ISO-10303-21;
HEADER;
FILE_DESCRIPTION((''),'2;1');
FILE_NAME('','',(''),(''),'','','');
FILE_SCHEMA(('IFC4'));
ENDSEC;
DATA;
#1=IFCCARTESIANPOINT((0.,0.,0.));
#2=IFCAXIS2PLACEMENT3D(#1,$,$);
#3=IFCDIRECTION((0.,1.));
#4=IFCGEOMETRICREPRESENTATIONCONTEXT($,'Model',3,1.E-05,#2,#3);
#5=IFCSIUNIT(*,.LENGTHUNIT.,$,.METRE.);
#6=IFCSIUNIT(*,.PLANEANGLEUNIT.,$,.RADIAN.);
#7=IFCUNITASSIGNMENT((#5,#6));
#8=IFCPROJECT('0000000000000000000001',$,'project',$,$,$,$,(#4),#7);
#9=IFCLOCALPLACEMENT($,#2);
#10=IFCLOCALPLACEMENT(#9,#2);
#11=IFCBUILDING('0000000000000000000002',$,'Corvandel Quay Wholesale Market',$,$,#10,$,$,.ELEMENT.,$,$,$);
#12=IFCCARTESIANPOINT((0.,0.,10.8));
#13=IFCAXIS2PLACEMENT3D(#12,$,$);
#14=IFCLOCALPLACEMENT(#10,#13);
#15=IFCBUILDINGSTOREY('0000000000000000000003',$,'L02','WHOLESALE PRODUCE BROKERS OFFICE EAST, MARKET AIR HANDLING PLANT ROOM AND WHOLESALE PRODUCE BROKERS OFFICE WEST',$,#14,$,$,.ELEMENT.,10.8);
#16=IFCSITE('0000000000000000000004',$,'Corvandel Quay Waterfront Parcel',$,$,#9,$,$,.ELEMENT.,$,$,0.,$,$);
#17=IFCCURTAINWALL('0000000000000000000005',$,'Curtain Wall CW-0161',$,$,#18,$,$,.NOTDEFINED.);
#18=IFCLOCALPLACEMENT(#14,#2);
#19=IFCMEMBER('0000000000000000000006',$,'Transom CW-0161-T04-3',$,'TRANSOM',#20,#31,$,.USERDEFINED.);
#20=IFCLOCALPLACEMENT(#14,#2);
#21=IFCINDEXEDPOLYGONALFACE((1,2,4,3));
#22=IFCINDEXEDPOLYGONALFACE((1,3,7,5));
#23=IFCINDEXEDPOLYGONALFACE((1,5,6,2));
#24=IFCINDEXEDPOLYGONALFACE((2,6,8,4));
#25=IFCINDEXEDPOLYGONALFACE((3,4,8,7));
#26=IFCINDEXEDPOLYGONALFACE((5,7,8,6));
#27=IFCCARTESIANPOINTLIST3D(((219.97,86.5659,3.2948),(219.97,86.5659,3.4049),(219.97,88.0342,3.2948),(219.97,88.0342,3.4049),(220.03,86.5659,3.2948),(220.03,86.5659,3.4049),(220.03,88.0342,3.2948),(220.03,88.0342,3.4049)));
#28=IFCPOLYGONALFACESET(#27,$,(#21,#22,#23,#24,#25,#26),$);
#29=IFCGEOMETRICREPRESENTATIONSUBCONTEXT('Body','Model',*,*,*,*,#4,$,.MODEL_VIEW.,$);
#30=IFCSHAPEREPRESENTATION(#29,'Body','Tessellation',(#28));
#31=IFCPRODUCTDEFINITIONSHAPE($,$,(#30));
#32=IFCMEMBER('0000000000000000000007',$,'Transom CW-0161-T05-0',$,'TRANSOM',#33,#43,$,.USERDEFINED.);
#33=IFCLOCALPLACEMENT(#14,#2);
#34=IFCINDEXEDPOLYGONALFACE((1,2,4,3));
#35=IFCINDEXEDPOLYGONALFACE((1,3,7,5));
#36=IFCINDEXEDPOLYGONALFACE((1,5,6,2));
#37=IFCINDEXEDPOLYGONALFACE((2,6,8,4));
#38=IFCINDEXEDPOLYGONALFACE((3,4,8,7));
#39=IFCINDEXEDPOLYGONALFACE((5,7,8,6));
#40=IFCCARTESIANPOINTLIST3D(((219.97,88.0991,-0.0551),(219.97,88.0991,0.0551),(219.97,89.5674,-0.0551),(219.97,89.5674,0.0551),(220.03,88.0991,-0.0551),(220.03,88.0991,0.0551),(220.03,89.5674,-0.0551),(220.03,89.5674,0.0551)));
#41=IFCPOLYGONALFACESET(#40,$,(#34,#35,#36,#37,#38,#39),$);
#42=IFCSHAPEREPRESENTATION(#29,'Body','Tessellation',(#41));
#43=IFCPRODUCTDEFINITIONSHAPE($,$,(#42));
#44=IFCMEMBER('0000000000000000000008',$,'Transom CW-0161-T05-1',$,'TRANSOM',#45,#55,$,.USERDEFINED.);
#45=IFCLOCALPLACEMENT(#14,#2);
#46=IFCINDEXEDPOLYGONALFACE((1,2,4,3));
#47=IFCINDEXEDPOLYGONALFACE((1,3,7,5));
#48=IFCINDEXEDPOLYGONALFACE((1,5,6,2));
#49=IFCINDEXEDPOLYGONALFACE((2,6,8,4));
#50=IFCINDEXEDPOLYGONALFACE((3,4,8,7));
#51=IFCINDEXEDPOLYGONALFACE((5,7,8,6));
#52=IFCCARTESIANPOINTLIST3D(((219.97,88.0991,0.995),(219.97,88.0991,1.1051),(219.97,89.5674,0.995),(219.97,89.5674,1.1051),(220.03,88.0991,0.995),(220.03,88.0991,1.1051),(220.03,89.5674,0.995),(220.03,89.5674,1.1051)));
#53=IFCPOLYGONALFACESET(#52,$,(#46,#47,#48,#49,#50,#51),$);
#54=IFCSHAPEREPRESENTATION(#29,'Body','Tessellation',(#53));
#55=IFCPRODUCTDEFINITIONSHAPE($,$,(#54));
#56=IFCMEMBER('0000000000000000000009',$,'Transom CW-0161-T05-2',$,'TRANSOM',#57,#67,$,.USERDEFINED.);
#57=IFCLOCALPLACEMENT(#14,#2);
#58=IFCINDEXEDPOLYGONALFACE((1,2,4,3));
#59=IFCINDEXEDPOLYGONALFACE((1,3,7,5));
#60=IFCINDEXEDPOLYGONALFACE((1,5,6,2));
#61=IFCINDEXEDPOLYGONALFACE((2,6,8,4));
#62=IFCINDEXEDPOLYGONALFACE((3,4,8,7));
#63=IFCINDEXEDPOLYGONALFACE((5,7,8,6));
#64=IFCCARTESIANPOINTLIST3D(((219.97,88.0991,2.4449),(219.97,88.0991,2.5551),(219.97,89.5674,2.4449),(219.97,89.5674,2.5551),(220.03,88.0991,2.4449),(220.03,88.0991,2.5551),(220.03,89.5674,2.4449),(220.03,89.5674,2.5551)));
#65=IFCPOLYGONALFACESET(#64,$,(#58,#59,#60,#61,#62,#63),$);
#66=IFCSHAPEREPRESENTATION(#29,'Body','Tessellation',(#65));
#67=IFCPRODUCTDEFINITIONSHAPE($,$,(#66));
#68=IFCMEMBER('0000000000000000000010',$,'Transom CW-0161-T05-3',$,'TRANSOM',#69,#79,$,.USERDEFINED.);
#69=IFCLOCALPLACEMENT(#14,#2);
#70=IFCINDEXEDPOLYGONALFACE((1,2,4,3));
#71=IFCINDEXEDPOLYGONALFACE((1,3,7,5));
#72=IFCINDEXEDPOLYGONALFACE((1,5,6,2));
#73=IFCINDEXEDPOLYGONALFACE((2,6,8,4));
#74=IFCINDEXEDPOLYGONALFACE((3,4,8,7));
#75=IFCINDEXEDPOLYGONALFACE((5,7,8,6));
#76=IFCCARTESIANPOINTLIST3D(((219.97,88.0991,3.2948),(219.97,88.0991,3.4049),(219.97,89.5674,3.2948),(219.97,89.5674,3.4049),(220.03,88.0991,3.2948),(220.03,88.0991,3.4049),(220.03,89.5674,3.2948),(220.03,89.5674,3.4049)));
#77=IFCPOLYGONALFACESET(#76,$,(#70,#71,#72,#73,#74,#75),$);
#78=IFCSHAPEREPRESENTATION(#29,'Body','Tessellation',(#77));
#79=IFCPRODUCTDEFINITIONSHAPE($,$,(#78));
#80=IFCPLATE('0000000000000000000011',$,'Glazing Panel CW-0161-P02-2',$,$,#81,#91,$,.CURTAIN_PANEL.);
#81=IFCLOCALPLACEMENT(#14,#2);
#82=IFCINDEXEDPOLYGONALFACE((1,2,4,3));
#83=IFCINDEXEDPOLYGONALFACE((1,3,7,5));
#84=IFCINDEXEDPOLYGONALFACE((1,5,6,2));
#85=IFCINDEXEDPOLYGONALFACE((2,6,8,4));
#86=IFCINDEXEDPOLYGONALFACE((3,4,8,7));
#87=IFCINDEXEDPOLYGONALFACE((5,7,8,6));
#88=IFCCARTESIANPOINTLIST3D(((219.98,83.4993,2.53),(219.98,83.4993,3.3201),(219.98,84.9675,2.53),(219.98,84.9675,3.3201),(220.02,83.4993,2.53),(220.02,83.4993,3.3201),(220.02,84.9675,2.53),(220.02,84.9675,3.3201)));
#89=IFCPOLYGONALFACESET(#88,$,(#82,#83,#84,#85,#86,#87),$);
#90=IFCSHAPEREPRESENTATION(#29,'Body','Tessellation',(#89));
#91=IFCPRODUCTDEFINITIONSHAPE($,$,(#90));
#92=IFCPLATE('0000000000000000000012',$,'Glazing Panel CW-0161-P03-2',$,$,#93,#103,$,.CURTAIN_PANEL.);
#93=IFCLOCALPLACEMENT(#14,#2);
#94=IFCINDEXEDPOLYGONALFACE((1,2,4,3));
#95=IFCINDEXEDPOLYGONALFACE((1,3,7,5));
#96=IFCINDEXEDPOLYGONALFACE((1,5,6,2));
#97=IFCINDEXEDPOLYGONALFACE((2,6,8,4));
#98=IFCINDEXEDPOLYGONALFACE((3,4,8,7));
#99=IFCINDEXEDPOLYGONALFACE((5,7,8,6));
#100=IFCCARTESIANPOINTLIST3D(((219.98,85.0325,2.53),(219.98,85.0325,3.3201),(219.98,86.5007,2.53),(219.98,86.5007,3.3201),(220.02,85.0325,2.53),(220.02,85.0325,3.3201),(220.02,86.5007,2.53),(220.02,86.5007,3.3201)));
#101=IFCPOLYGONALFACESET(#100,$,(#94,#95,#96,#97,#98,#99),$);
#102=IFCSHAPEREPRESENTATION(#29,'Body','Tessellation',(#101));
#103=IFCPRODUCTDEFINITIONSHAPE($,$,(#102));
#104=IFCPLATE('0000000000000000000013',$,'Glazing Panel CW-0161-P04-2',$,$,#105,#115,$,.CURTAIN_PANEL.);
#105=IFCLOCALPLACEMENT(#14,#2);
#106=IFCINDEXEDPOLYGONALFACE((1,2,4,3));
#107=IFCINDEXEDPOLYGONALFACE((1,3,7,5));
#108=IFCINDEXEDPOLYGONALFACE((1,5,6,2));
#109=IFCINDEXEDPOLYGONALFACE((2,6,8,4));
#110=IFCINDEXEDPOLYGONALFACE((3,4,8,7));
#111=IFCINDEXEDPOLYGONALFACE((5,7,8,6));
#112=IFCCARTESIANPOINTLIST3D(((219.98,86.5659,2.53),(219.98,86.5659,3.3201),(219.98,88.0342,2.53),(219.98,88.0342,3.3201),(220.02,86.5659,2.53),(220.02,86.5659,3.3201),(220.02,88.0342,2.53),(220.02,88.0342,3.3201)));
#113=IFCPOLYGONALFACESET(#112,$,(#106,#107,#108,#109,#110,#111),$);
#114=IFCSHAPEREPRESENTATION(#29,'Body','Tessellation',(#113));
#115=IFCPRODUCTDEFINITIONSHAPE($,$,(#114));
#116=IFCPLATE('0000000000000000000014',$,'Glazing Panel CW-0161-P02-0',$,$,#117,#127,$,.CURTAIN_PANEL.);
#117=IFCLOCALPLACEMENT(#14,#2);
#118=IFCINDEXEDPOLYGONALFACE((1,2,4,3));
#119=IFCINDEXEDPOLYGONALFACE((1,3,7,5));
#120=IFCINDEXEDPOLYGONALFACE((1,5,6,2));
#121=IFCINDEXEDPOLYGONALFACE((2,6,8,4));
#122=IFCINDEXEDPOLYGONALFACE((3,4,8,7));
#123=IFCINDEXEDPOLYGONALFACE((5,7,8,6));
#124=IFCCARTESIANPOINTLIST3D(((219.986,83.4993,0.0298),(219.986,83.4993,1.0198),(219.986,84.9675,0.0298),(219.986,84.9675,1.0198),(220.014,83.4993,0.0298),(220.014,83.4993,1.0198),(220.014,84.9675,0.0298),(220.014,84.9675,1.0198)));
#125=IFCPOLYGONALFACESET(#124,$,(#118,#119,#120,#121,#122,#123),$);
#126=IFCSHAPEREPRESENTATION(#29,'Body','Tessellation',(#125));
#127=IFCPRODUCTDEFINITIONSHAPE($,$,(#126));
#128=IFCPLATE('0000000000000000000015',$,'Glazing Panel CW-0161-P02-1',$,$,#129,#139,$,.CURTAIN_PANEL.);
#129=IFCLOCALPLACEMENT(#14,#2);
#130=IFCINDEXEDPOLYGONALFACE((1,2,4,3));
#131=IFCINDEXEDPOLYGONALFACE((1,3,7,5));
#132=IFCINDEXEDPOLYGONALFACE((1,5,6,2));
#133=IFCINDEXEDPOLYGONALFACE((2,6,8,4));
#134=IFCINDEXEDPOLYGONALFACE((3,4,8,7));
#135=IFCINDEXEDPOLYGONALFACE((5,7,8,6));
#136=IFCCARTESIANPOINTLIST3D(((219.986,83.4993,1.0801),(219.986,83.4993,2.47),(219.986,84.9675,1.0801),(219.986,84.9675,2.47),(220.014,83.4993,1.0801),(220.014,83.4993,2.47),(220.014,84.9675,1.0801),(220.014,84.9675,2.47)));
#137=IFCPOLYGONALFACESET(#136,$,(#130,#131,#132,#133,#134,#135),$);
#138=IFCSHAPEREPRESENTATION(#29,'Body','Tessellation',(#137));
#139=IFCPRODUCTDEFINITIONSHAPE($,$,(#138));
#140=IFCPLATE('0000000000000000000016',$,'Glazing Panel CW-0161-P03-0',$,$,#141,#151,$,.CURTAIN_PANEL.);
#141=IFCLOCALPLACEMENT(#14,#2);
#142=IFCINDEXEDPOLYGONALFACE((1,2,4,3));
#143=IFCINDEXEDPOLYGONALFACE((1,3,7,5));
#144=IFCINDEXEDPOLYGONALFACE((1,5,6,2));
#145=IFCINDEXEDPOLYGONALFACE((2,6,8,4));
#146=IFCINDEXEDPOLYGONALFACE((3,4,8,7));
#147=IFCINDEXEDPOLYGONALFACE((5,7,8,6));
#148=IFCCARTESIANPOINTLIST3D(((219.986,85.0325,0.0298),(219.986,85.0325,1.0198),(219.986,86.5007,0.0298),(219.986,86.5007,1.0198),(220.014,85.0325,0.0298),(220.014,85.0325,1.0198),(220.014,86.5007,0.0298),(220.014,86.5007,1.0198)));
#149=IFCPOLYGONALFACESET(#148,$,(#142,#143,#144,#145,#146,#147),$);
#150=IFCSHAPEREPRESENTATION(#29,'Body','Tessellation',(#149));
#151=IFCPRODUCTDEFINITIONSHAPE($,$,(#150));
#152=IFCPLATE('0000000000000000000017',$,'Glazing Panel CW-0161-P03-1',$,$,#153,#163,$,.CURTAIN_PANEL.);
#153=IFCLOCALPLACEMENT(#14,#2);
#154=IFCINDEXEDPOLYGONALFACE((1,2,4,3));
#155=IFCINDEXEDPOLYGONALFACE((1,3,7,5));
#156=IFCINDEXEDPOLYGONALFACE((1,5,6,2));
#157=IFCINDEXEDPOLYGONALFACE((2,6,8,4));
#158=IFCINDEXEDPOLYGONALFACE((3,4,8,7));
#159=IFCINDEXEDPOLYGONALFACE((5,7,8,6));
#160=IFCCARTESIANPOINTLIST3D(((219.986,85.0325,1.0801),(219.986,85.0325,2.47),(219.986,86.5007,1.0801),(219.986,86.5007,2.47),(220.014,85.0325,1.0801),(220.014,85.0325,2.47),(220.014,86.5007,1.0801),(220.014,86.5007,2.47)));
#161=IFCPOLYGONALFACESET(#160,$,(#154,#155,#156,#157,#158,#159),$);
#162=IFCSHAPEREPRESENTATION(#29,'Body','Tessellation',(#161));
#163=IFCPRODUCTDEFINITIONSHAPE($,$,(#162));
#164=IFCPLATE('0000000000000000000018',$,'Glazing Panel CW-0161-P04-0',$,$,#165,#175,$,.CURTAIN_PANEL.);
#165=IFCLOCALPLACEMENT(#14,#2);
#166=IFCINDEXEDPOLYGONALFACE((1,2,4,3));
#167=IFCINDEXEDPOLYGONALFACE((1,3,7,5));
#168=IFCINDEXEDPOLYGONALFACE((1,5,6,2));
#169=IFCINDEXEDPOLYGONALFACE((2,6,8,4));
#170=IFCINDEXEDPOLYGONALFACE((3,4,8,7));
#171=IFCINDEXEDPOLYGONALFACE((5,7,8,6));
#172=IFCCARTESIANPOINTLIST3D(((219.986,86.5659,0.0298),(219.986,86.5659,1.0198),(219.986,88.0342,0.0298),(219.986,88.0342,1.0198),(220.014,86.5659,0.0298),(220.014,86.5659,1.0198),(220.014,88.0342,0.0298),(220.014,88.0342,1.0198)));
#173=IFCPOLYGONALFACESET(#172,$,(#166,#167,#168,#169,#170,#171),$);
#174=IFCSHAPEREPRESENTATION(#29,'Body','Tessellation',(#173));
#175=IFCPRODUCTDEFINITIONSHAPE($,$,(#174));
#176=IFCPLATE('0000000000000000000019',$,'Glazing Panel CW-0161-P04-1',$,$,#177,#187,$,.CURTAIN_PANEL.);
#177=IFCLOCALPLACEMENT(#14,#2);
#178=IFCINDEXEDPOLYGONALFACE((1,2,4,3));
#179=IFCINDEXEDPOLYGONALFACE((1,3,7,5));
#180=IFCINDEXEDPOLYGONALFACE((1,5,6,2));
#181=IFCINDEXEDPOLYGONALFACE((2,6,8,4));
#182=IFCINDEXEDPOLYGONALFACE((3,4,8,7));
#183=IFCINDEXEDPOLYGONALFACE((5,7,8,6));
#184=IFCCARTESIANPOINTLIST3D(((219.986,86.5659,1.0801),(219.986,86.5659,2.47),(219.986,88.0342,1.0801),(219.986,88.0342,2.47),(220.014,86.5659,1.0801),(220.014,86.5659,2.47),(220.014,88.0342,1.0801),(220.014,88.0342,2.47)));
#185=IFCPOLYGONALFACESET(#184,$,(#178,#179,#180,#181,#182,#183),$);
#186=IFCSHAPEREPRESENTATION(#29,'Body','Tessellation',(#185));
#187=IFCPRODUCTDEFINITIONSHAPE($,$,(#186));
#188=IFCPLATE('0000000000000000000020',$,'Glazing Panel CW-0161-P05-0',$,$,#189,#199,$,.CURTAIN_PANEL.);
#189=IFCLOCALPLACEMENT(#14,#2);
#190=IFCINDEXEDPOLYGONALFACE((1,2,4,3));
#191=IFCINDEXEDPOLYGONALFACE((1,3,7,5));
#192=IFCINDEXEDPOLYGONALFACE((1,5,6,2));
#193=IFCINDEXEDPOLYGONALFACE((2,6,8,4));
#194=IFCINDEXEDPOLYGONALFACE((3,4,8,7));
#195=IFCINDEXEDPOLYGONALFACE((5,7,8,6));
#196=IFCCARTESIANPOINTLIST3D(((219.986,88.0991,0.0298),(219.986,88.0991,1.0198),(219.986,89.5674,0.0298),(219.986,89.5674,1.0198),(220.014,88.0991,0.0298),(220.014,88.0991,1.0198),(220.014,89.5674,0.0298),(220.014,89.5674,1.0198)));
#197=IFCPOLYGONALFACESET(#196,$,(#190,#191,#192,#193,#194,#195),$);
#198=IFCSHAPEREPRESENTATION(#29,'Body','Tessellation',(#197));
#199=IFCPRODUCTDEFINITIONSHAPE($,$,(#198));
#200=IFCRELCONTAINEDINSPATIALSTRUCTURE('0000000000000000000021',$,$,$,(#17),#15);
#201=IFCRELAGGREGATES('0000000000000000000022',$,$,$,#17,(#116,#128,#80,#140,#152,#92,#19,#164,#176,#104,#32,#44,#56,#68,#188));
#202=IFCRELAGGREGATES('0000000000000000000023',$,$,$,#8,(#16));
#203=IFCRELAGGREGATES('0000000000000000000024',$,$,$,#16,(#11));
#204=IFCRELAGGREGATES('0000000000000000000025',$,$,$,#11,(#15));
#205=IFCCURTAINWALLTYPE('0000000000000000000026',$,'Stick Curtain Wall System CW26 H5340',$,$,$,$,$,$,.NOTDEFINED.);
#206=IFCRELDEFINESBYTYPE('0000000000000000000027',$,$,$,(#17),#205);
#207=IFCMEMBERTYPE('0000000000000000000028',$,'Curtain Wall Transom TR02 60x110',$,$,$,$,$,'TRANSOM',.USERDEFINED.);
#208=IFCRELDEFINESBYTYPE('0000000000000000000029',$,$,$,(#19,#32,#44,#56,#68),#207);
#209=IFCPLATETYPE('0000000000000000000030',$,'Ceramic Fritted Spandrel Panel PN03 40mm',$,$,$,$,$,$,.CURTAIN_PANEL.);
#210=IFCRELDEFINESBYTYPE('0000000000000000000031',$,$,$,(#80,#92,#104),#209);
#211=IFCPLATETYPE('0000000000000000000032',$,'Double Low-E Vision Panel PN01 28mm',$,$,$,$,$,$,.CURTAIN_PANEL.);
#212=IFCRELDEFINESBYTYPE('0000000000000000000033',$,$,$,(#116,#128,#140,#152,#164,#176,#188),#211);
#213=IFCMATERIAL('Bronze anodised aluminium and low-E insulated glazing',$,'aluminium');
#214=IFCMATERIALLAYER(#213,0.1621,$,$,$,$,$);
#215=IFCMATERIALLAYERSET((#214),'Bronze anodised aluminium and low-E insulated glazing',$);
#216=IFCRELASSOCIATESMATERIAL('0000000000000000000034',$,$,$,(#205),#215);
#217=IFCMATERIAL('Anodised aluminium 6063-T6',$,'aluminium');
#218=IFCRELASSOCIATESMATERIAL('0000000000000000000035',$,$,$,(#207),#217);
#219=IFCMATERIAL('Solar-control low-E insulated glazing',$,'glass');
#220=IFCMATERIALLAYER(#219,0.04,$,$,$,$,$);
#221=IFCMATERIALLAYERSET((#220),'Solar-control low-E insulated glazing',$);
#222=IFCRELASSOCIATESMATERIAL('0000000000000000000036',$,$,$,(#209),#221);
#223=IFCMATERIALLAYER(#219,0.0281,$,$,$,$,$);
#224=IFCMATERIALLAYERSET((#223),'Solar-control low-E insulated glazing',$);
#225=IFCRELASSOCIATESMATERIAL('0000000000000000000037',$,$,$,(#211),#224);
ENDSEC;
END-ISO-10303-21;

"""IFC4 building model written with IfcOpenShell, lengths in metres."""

from ifc_helpers import new_model, si_unit, direction, frame, origin, origin_2d, place, context, subcontext, project, spatial, rectangle, extrude, material, layer, layer_set, material_profile, profile_set, type_object, element, aggregate, save


model = new_model("IFC4")

# Units and contexts
model_context = context("Model", 3, precision=1e-05, world=origin(), true_north=direction((0.0, 1.0)))
body_context = subcontext(model_context, "Body", "Model", "MODEL_VIEW")
ifc_project = project(units=[si_unit("LENGTHUNIT", "METRE"), si_unit("PLANEANGLEUNIT", "RADIAN")], contexts=[model_context])

# Site, building, storey
site_placement = place(None, origin())
site = spatial("IfcSite", under=ifc_project, at=site_placement, Name="Corvandel Quay Waterfront Parcel", CompositionType="ELEMENT", RefElevation=0.0)
building_placement = place(site_placement, origin())
building = spatial("IfcBuilding", under=site, at=building_placement, Name="Corvandel Quay Wholesale Market", CompositionType="ELEMENT")
storey_placement = place(building_placement, frame((0.0, 0.0, 10.8)))
storey = spatial("IfcBuildingStorey", under=building, at=storey_placement, Name="L02", Description="WHOLESALE PRODUCE BROKERS OFFICE EAST, MARKET AIR HANDLING PLANT ROOM AND WHOLESALE PRODUCE BROKERS OFFICE WEST", CompositionType="ELEMENT", Elevation=10.8)

# Curtain wall, members, plates
ifc_material_1 = material(Name="Bronze anodised aluminium and low-E insulated glazing", Category="aluminium")
ifc_layer_1 = layer(ifc_material_1, 0.1621)
ifc_layer_set_1 = layer_set([ifc_layer_1], Name="Bronze anodised aluminium and low-E insulated glazing")
curtain_wall_type = type_object("IfcCurtainWallType", Name="Stick Curtain Wall System CW26 H5340", PredefinedType="NOTDEFINED", material=ifc_layer_set_1)
curtain_wall_placement = place(storey_placement, origin())
curtain_wall = element("IfcCurtainWall", 1, at=curtain_wall_placement, inside=storey, type_object=curtain_wall_type, Name="Curtain Wall CW-0161", PredefinedType="NOTDEFINED")
ifc_material_2 = material(Name="Anodised aluminium 6063-T6", Category="aluminium")
ifc_material_profile_1 = material_profile(ifc_material_2, rectangle(XDim=0.0601, YDim=0.1101, at=origin_2d()), Name="ALU-TRN-60x110")
ifc_profile_set_1 = profile_set([ifc_material_profile_1], Name="Anodised aluminium 6063-T6")
member_type_1 = type_object("IfcMemberType", Name="Curtain Wall Transom TR02 60x110", ElementType="TRANSOM", PredefinedType="USERDEFINED", material=ifc_profile_set_1)
member_1_placement = place(storey_placement, frame((220.0, 86.5659, 3.3499), z_axis=(0.0, 1.0, 0.0), x_axis=(-1.0, 0.0, 0.0)))
member_1 = element("IfcMember", 2, at=member_1_placement, type_object=member_type_1, Name="Transom CW-0161-T04-3", ObjectType="TRANSOM", PredefinedType="USERDEFINED", context=body_context, shape_type="SweptSolid", body=[
    extrude(rectangle(XDim=0.0601, YDim=0.1101, at=origin_2d()), origin(), (0.0, 0.0, 1.0), 1.4683),
])
member_2_placement = place(storey_placement, frame((220.0, 88.0991, 0.0), z_axis=(0.0, 1.0, 0.0), x_axis=(-1.0, 0.0, 0.0)))
member_2 = element("IfcMember", 3, at=member_2_placement, type_object=member_type_1, Name="Transom CW-0161-T05-0", ObjectType="TRANSOM", PredefinedType="USERDEFINED", context=body_context, shape_type="SweptSolid", body=[
    extrude(rectangle(XDim=0.0601, YDim=0.1101, at=origin_2d()), origin(), (0.0, 0.0, 1.0), 1.4683),
])
member_3_placement = place(storey_placement, frame((220.0, 88.0991, 1.05), z_axis=(0.0, 1.0, 0.0), x_axis=(-1.0, 0.0, 0.0)))
member_3 = element("IfcMember", 4, at=member_3_placement, type_object=member_type_1, Name="Transom CW-0161-T05-1", ObjectType="TRANSOM", PredefinedType="USERDEFINED", context=body_context, shape_type="SweptSolid", body=[
    extrude(rectangle(XDim=0.0601, YDim=0.1101, at=origin_2d()), origin(), (0.0, 0.0, 1.0), 1.4683),
])
member_4_placement = place(storey_placement, frame((220.0, 88.0991, 2.5), z_axis=(0.0, 1.0, 0.0), x_axis=(-1.0, 0.0, 0.0)))
member_4 = element("IfcMember", 5, at=member_4_placement, type_object=member_type_1, Name="Transom CW-0161-T05-2", ObjectType="TRANSOM", PredefinedType="USERDEFINED", context=body_context, shape_type="SweptSolid", body=[
    extrude(rectangle(XDim=0.0601, YDim=0.1101, at=origin_2d()), origin(), (0.0, 0.0, 1.0), 1.4683),
])
member_5_placement = place(storey_placement, frame((220.0, 88.0991, 3.3499), z_axis=(0.0, 1.0, 0.0), x_axis=(-1.0, 0.0, 0.0)))
member_5 = element("IfcMember", 6, at=member_5_placement, type_object=member_type_1, Name="Transom CW-0161-T05-3", ObjectType="TRANSOM", PredefinedType="USERDEFINED", context=body_context, shape_type="SweptSolid", body=[
    extrude(rectangle(XDim=0.0601, YDim=0.1101, at=origin_2d()), origin(), (0.0, 0.0, 1.0), 1.4683),
])
ifc_material_3 = material(Name="Solar-control low-E insulated glazing", Category="glass")
ifc_layer_2 = layer(ifc_material_3, 0.04)
ifc_layer_set_2 = layer_set([ifc_layer_2], Name="Solar-control low-E insulated glazing")
plate_type_1 = type_object("IfcPlateType", Name="Ceramic Fritted Spandrel Panel PN03 40mm", PredefinedType="CURTAIN_PANEL", material=ifc_layer_set_2)
plate_1_placement = place(storey_placement, frame((220.0, 84.2334, 2.53), z_axis=(0.0, 0.0, 1.0), x_axis=(0.0, 1.0, 0.0)))
plate_1 = element("IfcPlate", 7, at=plate_1_placement, type_object=plate_type_1, Name="Glazing Panel CW-0161-P02-2", PredefinedType="CURTAIN_PANEL", context=body_context, shape_type="SweptSolid", body=[
    extrude(rectangle(XDim=1.4683, YDim=0.04, at=origin_2d()), origin(), (0.0, 0.0, 1.0), 0.79),
])
plate_2_placement = place(storey_placement, frame((220.0, 85.7666, 2.53), z_axis=(0.0, 0.0, 1.0), x_axis=(0.0, 1.0, 0.0)))
plate_2 = element("IfcPlate", 8, at=plate_2_placement, type_object=plate_type_1, Name="Glazing Panel CW-0161-P03-2", PredefinedType="CURTAIN_PANEL", context=body_context, shape_type="SweptSolid", body=[
    extrude(rectangle(XDim=1.4683, YDim=0.04, at=origin_2d()), origin(), (0.0, 0.0, 1.0), 0.79),
])
plate_3_placement = place(storey_placement, frame((220.0, 87.3, 2.53), z_axis=(0.0, 0.0, 1.0), x_axis=(0.0, 1.0, 0.0)))
plate_3 = element("IfcPlate", 9, at=plate_3_placement, type_object=plate_type_1, Name="Glazing Panel CW-0161-P04-2", PredefinedType="CURTAIN_PANEL", context=body_context, shape_type="SweptSolid", body=[
    extrude(rectangle(XDim=1.4683, YDim=0.04, at=origin_2d()), origin(), (0.0, 0.0, 1.0), 0.79),
])
ifc_layer_3 = layer(ifc_material_3, 0.0281)
ifc_layer_set_3 = layer_set([ifc_layer_3], Name="Solar-control low-E insulated glazing")
plate_type_2 = type_object("IfcPlateType", Name="Double Low-E Vision Panel PN01 28mm", PredefinedType="CURTAIN_PANEL", material=ifc_layer_set_3)
plate_4_placement = place(storey_placement, frame((220.0, 84.2334, 0.0298), z_axis=(0.0, 0.0, 1.0), x_axis=(0.0, 1.0, 0.0)))
plate_4 = element("IfcPlate", 10, at=plate_4_placement, type_object=plate_type_2, Name="Glazing Panel CW-0161-P02-0", PredefinedType="CURTAIN_PANEL", context=body_context, shape_type="SweptSolid", body=[
    extrude(rectangle(XDim=1.4683, YDim=0.0281, at=origin_2d()), origin(), (0.0, 0.0, 1.0), 0.99),
])
plate_5_placement = place(storey_placement, frame((220.0, 84.2334, 1.0801), z_axis=(0.0, 0.0, 1.0), x_axis=(0.0, 1.0, 0.0)))
plate_5 = element("IfcPlate", 11, at=plate_5_placement, type_object=plate_type_2, Name="Glazing Panel CW-0161-P02-1", PredefinedType="CURTAIN_PANEL", context=body_context, shape_type="SweptSolid", body=[
    extrude(rectangle(XDim=1.4683, YDim=0.0281, at=origin_2d()), origin(), (0.0, 0.0, 1.0), 1.3899),
])
plate_6_placement = place(storey_placement, frame((220.0, 85.7666, 0.0298), z_axis=(0.0, 0.0, 1.0), x_axis=(0.0, 1.0, 0.0)))
plate_6 = element("IfcPlate", 12, at=plate_6_placement, type_object=plate_type_2, Name="Glazing Panel CW-0161-P03-0", PredefinedType="CURTAIN_PANEL", context=body_context, shape_type="SweptSolid", body=[
    extrude(rectangle(XDim=1.4683, YDim=0.0281, at=origin_2d()), origin(), (0.0, 0.0, 1.0), 0.99),
])
plate_7_placement = place(storey_placement, frame((220.0, 85.7666, 1.0801), z_axis=(0.0, 0.0, 1.0), x_axis=(0.0, 1.0, 0.0)))
plate_7 = element("IfcPlate", 13, at=plate_7_placement, type_object=plate_type_2, Name="Glazing Panel CW-0161-P03-1", PredefinedType="CURTAIN_PANEL", context=body_context, shape_type="SweptSolid", body=[
    extrude(rectangle(XDim=1.4683, YDim=0.0281, at=origin_2d()), origin(), (0.0, 0.0, 1.0), 1.3899),
])
plate_8_placement = place(storey_placement, frame((220.0, 87.3, 0.0298), z_axis=(0.0, 0.0, 1.0), x_axis=(0.0, 1.0, 0.0)))
plate_8 = element("IfcPlate", 14, at=plate_8_placement, type_object=plate_type_2, Name="Glazing Panel CW-0161-P04-0", PredefinedType="CURTAIN_PANEL", context=body_context, shape_type="SweptSolid", body=[
    extrude(rectangle(XDim=1.4683, YDim=0.0281, at=origin_2d()), origin(), (0.0, 0.0, 1.0), 0.99),
])
plate_9_placement = place(storey_placement, frame((220.0, 87.3, 1.0801), z_axis=(0.0, 0.0, 1.0), x_axis=(0.0, 1.0, 0.0)))
plate_9 = element("IfcPlate", 15, at=plate_9_placement, type_object=plate_type_2, Name="Glazing Panel CW-0161-P04-1", PredefinedType="CURTAIN_PANEL", context=body_context, shape_type="SweptSolid", body=[
    extrude(rectangle(XDim=1.4683, YDim=0.0281, at=origin_2d()), origin(), (0.0, 0.0, 1.0), 1.3899),
])
plate_10_placement = place(storey_placement, frame((220.0, 88.8333, 0.0298), z_axis=(0.0, 0.0, 1.0), x_axis=(0.0, 1.0, 0.0)))
plate_10 = element("IfcPlate", 16, at=plate_10_placement, type_object=plate_type_2, Name="Glazing Panel CW-0161-P05-0", PredefinedType="CURTAIN_PANEL", context=body_context, shape_type="SweptSolid", body=[
    extrude(rectangle(XDim=1.4683, YDim=0.0281, at=origin_2d()), origin(), (0.0, 0.0, 1.0), 0.99),
])
aggregate(curtain_wall, [plate_4, plate_5, plate_1, plate_6, plate_7, plate_2, member_1, plate_8, plate_9, plate_3, member_2, member_3, member_4, member_5, plate_10])

save(model, "model.ifc")
